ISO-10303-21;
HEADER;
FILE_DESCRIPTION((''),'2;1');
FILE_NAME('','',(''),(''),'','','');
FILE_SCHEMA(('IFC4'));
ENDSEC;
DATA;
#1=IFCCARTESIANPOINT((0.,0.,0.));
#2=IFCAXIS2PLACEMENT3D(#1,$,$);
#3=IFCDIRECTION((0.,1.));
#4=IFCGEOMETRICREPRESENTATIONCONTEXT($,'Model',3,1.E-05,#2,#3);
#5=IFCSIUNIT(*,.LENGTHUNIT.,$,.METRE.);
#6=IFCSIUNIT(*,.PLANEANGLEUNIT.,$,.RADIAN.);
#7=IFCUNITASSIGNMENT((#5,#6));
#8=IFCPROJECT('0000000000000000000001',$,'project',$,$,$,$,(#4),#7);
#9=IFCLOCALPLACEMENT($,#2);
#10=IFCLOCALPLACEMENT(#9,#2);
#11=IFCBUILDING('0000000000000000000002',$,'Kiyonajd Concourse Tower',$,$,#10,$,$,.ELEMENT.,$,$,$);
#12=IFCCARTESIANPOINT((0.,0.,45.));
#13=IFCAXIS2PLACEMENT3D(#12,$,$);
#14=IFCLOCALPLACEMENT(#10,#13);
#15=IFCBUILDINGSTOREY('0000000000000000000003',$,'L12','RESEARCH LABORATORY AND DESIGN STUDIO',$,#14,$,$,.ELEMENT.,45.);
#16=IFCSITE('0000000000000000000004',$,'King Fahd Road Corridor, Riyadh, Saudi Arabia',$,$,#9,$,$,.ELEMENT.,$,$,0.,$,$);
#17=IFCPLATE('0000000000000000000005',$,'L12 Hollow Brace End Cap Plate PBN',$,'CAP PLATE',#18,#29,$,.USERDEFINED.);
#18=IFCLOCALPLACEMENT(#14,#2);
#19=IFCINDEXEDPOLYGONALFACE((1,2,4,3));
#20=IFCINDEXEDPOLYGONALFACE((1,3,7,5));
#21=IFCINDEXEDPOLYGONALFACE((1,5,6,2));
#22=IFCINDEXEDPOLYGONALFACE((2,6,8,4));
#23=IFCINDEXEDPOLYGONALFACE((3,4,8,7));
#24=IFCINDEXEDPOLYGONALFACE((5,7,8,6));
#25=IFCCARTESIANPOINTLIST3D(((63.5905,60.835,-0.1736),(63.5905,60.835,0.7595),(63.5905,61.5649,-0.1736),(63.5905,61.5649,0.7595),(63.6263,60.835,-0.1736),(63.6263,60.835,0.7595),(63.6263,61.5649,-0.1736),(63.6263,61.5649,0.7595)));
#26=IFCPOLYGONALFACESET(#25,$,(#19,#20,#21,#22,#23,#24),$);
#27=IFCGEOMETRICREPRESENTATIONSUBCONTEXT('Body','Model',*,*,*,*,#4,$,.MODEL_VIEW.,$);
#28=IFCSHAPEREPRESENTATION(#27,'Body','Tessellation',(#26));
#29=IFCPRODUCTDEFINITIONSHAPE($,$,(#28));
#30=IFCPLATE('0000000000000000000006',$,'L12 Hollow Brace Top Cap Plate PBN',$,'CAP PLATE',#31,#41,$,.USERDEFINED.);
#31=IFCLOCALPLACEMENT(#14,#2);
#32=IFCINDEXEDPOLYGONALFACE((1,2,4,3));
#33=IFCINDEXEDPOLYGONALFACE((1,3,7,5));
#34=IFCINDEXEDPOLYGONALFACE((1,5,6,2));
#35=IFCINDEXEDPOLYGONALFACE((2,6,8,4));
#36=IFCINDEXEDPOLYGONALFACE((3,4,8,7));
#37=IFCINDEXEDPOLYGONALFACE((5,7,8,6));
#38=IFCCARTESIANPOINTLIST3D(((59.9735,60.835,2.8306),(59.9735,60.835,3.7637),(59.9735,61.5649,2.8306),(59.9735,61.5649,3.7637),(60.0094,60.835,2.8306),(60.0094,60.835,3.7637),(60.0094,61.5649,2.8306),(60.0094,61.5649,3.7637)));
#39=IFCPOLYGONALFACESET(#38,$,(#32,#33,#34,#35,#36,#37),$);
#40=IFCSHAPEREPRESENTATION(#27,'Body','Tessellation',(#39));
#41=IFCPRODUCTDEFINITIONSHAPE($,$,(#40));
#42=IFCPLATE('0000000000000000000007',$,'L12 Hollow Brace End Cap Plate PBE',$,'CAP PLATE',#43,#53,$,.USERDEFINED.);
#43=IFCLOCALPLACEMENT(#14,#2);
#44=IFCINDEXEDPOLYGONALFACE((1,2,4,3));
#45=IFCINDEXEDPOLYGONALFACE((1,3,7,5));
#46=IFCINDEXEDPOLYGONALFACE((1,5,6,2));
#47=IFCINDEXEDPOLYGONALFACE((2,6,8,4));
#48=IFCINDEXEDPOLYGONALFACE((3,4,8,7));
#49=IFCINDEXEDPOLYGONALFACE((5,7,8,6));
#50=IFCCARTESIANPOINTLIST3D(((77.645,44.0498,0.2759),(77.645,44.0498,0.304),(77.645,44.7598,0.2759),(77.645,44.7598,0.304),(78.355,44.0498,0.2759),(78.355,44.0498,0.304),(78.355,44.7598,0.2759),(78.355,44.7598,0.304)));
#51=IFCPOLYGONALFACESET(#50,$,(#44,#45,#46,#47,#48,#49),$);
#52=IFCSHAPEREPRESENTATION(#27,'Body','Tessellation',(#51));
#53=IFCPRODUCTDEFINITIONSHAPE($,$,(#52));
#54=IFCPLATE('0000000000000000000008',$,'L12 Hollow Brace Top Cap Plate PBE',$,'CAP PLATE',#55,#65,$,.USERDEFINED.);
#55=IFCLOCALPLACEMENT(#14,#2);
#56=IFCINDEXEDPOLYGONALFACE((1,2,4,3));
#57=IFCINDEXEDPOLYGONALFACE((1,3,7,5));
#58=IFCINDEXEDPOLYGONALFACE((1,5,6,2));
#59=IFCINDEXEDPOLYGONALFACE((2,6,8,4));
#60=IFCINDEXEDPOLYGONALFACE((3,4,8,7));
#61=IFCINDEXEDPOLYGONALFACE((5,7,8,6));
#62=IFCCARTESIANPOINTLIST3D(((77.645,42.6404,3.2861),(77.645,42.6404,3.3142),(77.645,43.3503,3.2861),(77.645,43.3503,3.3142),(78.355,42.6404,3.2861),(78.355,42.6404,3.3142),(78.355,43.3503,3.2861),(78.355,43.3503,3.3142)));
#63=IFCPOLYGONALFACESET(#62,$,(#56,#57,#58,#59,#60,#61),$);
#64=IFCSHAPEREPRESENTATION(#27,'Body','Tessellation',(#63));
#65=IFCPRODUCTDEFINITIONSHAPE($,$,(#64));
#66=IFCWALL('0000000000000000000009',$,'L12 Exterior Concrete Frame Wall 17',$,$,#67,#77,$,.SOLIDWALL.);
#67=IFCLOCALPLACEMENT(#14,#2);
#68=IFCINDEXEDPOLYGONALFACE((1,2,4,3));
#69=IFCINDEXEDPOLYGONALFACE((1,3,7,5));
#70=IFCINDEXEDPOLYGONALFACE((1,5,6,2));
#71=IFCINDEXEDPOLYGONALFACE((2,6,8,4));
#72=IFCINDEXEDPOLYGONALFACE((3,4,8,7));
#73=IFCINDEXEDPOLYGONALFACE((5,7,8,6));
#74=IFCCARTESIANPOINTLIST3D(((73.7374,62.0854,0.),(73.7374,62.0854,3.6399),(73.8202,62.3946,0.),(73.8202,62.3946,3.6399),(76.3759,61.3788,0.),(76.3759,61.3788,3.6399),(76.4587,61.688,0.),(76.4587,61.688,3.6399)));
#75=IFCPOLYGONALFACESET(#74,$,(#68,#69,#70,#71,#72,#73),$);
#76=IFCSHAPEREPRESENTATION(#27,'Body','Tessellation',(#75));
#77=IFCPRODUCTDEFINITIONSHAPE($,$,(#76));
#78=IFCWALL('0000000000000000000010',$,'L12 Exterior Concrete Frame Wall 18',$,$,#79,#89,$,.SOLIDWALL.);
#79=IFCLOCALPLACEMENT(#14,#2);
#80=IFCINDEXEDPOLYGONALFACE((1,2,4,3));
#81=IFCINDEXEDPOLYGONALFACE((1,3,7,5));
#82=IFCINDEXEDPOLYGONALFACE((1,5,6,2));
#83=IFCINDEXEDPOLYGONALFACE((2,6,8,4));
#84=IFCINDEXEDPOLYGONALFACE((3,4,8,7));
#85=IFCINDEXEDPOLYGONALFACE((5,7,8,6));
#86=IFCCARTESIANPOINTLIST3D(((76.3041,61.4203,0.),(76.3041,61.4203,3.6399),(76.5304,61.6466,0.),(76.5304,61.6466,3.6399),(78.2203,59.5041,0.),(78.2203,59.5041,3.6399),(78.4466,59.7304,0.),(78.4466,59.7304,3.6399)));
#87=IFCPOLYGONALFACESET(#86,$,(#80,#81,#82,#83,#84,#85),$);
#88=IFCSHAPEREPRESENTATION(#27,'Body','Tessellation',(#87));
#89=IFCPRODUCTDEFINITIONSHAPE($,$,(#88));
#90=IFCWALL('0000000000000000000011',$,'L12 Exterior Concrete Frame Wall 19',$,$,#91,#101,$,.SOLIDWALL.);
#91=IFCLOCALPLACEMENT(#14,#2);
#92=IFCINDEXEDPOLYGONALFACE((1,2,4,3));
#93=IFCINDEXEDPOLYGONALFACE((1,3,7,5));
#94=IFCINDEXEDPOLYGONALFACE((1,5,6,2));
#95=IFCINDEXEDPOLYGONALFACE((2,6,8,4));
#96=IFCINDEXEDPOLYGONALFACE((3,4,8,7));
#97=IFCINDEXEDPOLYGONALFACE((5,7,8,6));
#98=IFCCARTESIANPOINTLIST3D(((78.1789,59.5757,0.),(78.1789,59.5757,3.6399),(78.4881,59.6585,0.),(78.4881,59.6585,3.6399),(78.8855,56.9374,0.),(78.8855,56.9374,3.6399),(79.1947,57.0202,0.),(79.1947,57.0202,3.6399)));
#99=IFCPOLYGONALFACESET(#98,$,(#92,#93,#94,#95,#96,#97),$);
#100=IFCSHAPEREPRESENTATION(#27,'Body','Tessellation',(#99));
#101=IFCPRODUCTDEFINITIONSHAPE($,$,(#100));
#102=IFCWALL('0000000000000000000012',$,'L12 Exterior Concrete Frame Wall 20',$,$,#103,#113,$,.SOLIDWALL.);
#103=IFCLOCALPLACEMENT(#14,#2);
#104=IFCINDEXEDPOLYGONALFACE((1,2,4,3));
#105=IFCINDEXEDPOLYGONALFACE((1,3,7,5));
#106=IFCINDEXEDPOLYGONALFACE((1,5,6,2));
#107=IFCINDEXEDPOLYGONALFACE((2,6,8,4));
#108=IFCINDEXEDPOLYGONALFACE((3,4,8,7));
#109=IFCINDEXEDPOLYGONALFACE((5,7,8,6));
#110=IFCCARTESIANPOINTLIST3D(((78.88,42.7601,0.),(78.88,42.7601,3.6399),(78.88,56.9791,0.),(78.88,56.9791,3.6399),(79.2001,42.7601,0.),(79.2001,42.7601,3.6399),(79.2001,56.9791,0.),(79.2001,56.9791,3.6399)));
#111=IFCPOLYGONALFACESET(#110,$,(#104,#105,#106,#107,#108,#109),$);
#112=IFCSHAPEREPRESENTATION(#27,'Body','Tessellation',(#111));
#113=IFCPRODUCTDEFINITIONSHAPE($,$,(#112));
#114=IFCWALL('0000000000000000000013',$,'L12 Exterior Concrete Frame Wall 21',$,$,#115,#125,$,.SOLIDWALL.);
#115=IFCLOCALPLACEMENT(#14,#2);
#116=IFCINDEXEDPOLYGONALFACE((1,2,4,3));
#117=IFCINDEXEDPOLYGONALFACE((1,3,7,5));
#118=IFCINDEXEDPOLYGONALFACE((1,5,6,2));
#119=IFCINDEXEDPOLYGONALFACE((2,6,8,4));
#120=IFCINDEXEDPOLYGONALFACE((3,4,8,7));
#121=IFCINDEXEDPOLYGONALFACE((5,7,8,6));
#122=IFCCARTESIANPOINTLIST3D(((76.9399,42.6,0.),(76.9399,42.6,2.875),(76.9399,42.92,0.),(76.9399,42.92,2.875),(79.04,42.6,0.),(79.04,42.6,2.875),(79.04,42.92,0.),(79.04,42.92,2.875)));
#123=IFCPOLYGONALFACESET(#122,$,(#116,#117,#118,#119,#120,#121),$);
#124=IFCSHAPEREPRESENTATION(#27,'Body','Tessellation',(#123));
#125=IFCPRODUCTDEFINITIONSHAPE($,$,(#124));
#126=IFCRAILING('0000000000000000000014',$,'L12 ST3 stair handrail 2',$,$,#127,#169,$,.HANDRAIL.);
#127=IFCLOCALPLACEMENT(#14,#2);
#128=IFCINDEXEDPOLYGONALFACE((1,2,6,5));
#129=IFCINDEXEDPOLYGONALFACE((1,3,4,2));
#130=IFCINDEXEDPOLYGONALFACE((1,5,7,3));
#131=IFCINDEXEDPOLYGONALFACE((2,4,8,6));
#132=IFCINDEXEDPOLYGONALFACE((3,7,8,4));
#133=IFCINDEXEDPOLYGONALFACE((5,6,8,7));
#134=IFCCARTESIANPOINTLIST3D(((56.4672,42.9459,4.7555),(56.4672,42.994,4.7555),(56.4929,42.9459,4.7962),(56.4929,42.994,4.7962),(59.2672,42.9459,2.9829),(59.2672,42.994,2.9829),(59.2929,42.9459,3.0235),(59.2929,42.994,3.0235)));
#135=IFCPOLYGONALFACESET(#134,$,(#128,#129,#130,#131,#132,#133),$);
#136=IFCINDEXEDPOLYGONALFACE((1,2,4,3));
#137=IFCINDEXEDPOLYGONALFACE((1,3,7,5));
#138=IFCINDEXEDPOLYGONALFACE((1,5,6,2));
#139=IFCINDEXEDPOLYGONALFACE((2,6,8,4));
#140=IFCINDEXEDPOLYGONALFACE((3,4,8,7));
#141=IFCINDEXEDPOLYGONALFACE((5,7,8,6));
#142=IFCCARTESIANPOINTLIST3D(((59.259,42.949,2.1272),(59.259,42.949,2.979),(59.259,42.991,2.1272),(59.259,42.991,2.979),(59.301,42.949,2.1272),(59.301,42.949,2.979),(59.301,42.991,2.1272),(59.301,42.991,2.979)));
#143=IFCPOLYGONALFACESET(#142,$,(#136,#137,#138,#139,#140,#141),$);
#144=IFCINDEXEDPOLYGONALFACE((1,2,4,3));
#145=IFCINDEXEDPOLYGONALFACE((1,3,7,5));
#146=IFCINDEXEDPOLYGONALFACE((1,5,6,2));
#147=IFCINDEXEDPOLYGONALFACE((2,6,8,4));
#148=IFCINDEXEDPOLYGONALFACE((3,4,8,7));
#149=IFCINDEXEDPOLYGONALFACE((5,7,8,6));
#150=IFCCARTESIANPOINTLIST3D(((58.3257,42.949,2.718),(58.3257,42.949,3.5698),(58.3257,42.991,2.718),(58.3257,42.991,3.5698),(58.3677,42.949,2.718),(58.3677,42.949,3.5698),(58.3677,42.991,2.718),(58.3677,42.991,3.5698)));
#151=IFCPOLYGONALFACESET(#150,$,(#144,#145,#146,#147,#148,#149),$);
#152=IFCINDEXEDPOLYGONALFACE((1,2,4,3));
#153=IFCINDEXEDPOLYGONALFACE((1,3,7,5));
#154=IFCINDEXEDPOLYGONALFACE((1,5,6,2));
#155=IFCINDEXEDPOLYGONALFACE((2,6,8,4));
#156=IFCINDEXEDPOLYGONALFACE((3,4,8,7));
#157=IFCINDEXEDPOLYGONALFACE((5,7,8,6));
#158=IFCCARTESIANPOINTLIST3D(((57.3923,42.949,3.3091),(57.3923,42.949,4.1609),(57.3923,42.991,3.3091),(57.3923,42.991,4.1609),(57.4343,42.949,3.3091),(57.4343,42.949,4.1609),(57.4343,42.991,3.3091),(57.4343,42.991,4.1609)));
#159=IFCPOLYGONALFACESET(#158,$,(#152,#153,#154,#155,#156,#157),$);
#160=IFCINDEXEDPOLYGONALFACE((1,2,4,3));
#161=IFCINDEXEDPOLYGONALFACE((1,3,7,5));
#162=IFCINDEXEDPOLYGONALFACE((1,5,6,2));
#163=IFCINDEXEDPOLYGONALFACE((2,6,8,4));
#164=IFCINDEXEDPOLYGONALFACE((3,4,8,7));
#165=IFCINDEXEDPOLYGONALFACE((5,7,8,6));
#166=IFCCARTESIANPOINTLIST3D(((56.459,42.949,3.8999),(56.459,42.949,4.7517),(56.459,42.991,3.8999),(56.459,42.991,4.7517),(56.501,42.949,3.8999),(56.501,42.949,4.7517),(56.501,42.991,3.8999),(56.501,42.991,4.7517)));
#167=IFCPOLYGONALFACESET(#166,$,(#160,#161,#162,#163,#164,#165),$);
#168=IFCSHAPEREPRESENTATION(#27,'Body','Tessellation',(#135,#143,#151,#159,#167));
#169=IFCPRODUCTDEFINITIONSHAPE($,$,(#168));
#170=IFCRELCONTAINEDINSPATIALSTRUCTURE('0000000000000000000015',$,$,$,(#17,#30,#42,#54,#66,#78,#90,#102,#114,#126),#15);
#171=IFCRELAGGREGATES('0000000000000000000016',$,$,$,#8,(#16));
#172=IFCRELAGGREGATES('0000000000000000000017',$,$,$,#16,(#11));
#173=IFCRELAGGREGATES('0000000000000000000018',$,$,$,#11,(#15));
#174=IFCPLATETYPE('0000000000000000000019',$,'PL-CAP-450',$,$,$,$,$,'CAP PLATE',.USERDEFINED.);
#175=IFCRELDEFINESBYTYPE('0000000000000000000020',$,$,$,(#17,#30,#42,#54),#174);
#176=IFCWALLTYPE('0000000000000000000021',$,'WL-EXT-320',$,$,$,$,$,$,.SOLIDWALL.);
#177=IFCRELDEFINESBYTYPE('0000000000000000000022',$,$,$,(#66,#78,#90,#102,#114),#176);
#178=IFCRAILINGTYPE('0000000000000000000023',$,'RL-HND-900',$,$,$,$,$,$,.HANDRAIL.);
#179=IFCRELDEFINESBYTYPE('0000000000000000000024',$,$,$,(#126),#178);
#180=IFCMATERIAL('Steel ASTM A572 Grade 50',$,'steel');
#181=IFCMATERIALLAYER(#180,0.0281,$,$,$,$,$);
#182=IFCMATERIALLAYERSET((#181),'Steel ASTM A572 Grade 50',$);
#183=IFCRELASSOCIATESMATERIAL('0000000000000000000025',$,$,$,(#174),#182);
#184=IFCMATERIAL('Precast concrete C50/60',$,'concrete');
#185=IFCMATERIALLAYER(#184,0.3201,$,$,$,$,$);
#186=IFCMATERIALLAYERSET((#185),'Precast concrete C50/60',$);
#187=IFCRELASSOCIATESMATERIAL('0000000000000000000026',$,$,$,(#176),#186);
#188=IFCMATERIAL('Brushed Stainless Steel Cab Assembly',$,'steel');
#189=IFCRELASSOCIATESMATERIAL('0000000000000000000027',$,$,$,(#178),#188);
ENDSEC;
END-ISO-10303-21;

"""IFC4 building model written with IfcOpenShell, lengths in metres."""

from ifc_helpers import new_model, si_unit, direction, frame, frame_2d, origin, origin_2d, place, context, subcontext, project, spatial, rectangle, extrude, material, layer, layer_set, type_object, element, save


model = new_model("IFC4")

# Units and contexts
model_context = context("Model", 3, precision=1e-05, world=origin(), true_north=direction((0.0, 1.0)))
body_context = subcontext(model_context, "Body", "Model", "MODEL_VIEW")
ifc_project = project(units=[si_unit("LENGTHUNIT", "METRE"), si_unit("PLANEANGLEUNIT", "RADIAN")], contexts=[model_context])

# Site, building, storey
site_placement = place(None, origin())
site = spatial("IfcSite", under=ifc_project, at=site_placement, Name="King Fahd Road Corridor, Riyadh, Saudi Arabia", CompositionType="ELEMENT", RefElevation=0.0)
building_placement = place(site_placement, origin())
building = spatial("IfcBuilding", under=site, at=building_placement, Name="Kiyonajd Concourse Tower", CompositionType="ELEMENT")
storey_placement = place(building_placement, frame((0.0, 0.0, 45.0)))
storey = spatial("IfcBuildingStorey", under=building, at=storey_placement, Name="L12", Description="RESEARCH LABORATORY AND DESIGN STUDIO", CompositionType="ELEMENT", Elevation=45.0)

# Shared definitions
ifc_material_1 = material(Name="Precast concrete C50/60", Category="concrete")

# Shared definitions
ifc_material_2 = material(Name="Steel ASTM A572 Grade 50", Category="steel")

# Plates
ifc_layer_1 = layer(ifc_material_2, 0.0281)
ifc_layer_set_1 = layer_set([ifc_layer_1], Name="Steel ASTM A572 Grade 50")
plate_type = type_object("IfcPlateType", Name="PL-CAP-450", ElementType="CAP PLATE", PredefinedType="USERDEFINED", material=ifc_layer_set_1)
for number, where, z_axis, x_axis, name in (
    (1, (63.6084, 61.2, -0.1736), (0.0, 0.0, 1.0), (1.0, 0.0, 0.0), "L12 Hollow Brace End Cap Plate PBN"),
    (2, (59.9915, 61.2, 2.8306), (0.0, 0.0, 1.0), (-1.0, 0.0, 0.0), "L12 Hollow Brace Top Cap Plate PBN"),
):
    element("IfcPlate", number, at=place(storey_placement, frame(where, z_axis=z_axis, x_axis=x_axis)), inside=storey, type_object=plate_type, Name=name, ObjectType="CAP PLATE", PredefinedType="USERDEFINED", context=body_context, shape_type="SweptSolid", body=[
        extrude(rectangle(XDim=0.0359, YDim=0.73, at=origin_2d()), origin(), (0.0, 0.0, 1.0), 0.9331),
    ])
for number, where, z_axis, x_axis, name in (
    (3, (78.0, 44.4048, 0.2759), (0.0, 0.0, 1.0), (1.0, 0.0, 0.0), "L12 Hollow Brace End Cap Plate PBE"),
    (4, (78.0, 42.9954, 3.2861), (0.0, 0.0, 1.0), (1.0, 0.0, 0.0), "L12 Hollow Brace Top Cap Plate PBE"),
):
    element("IfcPlate", number, at=place(storey_placement, frame(where, z_axis=z_axis, x_axis=x_axis)), inside=storey, type_object=plate_type, Name=name, ObjectType="CAP PLATE", PredefinedType="USERDEFINED", context=body_context, shape_type="SweptSolid", body=[
        extrude(rectangle(XDim=0.71, YDim=0.71, at=origin_2d()), origin(), (0.0, 0.0, 1.0), 0.0281),
    ])

# Walls
ifc_layer_2 = layer(ifc_material_1, 0.3201)
ifc_layer_set_2 = layer_set([ifc_layer_2], Name="Precast concrete C50/60")
wall_type = type_object("IfcWallType", Name="WL-EXT-320", PredefinedType="SOLIDWALL", material=ifc_layer_set_2)
wall_1_placement = place(storey_placement, frame((73.7788, 62.24, 0.0), z_axis=(0.0, 0.0, 1.0), x_axis=(0.965964, -0.258675, 0.0)))
element("IfcWall", 5, at=wall_1_placement, inside=storey, type_object=wall_type, Name="L12 Exterior Concrete Frame Wall 17", PredefinedType="SOLIDWALL", context=body_context, shape_type="SweptSolid", body=[
    extrude(rectangle(XDim=2.7314, YDim=0.3201, at=frame_2d((1.3657, 0.0))), origin(), (0.0, 0.0, 1.0), 3.6399),
])
wall_2_placement = place(storey_placement, frame((76.4172, 61.5334, 0.0), z_axis=(0.0, 0.0, 1.0), x_axis=(0.707107, -0.707107, 0.0)))
element("IfcWall", 6, at=wall_2_placement, inside=storey, type_object=wall_type, Name="L12 Exterior Concrete Frame Wall 18", PredefinedType="SOLIDWALL", context=body_context, shape_type="SweptSolid", body=[
    extrude(rectangle(XDim=2.71, YDim=0.3201, at=frame_2d((1.355, 0.0))), origin(), (0.0, 0.0, 1.0), 3.6399),
])
wall_3_placement = place(storey_placement, frame((78.3335, 59.6172, 0.0), z_axis=(0.0, 0.0, 1.0), x_axis=(0.258697, -0.965958, 0.0)))
element("IfcWall", 7, at=wall_3_placement, inside=storey, type_object=wall_type, Name="L12 Exterior Concrete Frame Wall 19", PredefinedType="SOLIDWALL", context=body_context, shape_type="SweptSolid", body=[
    extrude(rectangle(XDim=2.7312, YDim=0.3201, at=frame_2d((1.3657, 0.0))), origin(), (0.0, 0.0, 1.0), 3.6399),
])
wall_4_placement = place(storey_placement, frame((79.04, 56.979, 0.0), z_axis=(0.0, 0.0, 1.0), x_axis=(0.0, -1.0, 0.0)))
element("IfcWall", 8, at=wall_4_placement, inside=storey, type_object=wall_type, Name="L12 Exterior Concrete Frame Wall 20", PredefinedType="SOLIDWALL", context=body_context, shape_type="SweptSolid", body=[
    extrude(rectangle(XDim=14.219, YDim=0.3201, at=frame_2d((7.1094, 0.0))), origin(), (0.0, 0.0, 1.0), 3.6399),
])
wall_5_placement = place(storey_placement, frame((79.04, 42.76, 0.0), z_axis=(0.0, 0.0, 1.0), x_axis=(-1.0, 0.0, 0.0)))
element("IfcWall", 9, at=wall_5_placement, inside=storey, type_object=wall_type, Name="L12 Exterior Concrete Frame Wall 21", PredefinedType="SOLIDWALL", context=body_context, shape_type="SweptSolid", body=[
    extrude(rectangle(XDim=2.1001, YDim=0.3201, at=frame_2d((1.05, 0.0))), origin(), (0.0, 0.0, 1.0), 2.875),
])

# Railing
ifc_material_3 = material(Name="Brushed Stainless Steel Cab Assembly", Category="steel")
railing_type = type_object("IfcRailingType", Name="RL-HND-900", PredefinedType="HANDRAIL", material=ifc_material_3)
railing_placement = place(storey_placement, frame((59.28, 42.97, 2.1272)))
element("IfcRailing", 10, at=railing_placement, inside=storey, type_object=railing_type, Name="L12 ST3 stair handrail 2", PredefinedType="HANDRAIL", context=body_context, shape_type="SweptSolid", body=[
    extrude(rectangle(XDim=0.0481, YDim=0.0481, at=origin_2d()), frame((0.0, 0.0, 0.876), z_axis=(-0.844909, 0.0, 0.53491), x_axis=(0.0, -1.0, 0.0)), (0.0, 0.0, 1.0), 3.314),
    extrude(rectangle(XDim=0.042, YDim=0.042, at=origin_2d()), origin(), (0.0, 0.0, 1.0), 0.8518),
    extrude(rectangle(XDim=0.042, YDim=0.042, at=origin_2d()), frame((-0.9333, 0.0, 0.5908)), (0.0, 0.0, 1.0), 0.8518),
    extrude(rectangle(XDim=0.042, YDim=0.042, at=origin_2d()), frame((-1.8667, 0.0, 1.1819)), (0.0, 0.0, 1.0), 0.8518),
    extrude(rectangle(XDim=0.042, YDim=0.042, at=origin_2d()), frame((-2.8, 0.0, 1.7727)), (0.0, 0.0, 1.0), 0.8518),
])

save(model, "model.ifc")
